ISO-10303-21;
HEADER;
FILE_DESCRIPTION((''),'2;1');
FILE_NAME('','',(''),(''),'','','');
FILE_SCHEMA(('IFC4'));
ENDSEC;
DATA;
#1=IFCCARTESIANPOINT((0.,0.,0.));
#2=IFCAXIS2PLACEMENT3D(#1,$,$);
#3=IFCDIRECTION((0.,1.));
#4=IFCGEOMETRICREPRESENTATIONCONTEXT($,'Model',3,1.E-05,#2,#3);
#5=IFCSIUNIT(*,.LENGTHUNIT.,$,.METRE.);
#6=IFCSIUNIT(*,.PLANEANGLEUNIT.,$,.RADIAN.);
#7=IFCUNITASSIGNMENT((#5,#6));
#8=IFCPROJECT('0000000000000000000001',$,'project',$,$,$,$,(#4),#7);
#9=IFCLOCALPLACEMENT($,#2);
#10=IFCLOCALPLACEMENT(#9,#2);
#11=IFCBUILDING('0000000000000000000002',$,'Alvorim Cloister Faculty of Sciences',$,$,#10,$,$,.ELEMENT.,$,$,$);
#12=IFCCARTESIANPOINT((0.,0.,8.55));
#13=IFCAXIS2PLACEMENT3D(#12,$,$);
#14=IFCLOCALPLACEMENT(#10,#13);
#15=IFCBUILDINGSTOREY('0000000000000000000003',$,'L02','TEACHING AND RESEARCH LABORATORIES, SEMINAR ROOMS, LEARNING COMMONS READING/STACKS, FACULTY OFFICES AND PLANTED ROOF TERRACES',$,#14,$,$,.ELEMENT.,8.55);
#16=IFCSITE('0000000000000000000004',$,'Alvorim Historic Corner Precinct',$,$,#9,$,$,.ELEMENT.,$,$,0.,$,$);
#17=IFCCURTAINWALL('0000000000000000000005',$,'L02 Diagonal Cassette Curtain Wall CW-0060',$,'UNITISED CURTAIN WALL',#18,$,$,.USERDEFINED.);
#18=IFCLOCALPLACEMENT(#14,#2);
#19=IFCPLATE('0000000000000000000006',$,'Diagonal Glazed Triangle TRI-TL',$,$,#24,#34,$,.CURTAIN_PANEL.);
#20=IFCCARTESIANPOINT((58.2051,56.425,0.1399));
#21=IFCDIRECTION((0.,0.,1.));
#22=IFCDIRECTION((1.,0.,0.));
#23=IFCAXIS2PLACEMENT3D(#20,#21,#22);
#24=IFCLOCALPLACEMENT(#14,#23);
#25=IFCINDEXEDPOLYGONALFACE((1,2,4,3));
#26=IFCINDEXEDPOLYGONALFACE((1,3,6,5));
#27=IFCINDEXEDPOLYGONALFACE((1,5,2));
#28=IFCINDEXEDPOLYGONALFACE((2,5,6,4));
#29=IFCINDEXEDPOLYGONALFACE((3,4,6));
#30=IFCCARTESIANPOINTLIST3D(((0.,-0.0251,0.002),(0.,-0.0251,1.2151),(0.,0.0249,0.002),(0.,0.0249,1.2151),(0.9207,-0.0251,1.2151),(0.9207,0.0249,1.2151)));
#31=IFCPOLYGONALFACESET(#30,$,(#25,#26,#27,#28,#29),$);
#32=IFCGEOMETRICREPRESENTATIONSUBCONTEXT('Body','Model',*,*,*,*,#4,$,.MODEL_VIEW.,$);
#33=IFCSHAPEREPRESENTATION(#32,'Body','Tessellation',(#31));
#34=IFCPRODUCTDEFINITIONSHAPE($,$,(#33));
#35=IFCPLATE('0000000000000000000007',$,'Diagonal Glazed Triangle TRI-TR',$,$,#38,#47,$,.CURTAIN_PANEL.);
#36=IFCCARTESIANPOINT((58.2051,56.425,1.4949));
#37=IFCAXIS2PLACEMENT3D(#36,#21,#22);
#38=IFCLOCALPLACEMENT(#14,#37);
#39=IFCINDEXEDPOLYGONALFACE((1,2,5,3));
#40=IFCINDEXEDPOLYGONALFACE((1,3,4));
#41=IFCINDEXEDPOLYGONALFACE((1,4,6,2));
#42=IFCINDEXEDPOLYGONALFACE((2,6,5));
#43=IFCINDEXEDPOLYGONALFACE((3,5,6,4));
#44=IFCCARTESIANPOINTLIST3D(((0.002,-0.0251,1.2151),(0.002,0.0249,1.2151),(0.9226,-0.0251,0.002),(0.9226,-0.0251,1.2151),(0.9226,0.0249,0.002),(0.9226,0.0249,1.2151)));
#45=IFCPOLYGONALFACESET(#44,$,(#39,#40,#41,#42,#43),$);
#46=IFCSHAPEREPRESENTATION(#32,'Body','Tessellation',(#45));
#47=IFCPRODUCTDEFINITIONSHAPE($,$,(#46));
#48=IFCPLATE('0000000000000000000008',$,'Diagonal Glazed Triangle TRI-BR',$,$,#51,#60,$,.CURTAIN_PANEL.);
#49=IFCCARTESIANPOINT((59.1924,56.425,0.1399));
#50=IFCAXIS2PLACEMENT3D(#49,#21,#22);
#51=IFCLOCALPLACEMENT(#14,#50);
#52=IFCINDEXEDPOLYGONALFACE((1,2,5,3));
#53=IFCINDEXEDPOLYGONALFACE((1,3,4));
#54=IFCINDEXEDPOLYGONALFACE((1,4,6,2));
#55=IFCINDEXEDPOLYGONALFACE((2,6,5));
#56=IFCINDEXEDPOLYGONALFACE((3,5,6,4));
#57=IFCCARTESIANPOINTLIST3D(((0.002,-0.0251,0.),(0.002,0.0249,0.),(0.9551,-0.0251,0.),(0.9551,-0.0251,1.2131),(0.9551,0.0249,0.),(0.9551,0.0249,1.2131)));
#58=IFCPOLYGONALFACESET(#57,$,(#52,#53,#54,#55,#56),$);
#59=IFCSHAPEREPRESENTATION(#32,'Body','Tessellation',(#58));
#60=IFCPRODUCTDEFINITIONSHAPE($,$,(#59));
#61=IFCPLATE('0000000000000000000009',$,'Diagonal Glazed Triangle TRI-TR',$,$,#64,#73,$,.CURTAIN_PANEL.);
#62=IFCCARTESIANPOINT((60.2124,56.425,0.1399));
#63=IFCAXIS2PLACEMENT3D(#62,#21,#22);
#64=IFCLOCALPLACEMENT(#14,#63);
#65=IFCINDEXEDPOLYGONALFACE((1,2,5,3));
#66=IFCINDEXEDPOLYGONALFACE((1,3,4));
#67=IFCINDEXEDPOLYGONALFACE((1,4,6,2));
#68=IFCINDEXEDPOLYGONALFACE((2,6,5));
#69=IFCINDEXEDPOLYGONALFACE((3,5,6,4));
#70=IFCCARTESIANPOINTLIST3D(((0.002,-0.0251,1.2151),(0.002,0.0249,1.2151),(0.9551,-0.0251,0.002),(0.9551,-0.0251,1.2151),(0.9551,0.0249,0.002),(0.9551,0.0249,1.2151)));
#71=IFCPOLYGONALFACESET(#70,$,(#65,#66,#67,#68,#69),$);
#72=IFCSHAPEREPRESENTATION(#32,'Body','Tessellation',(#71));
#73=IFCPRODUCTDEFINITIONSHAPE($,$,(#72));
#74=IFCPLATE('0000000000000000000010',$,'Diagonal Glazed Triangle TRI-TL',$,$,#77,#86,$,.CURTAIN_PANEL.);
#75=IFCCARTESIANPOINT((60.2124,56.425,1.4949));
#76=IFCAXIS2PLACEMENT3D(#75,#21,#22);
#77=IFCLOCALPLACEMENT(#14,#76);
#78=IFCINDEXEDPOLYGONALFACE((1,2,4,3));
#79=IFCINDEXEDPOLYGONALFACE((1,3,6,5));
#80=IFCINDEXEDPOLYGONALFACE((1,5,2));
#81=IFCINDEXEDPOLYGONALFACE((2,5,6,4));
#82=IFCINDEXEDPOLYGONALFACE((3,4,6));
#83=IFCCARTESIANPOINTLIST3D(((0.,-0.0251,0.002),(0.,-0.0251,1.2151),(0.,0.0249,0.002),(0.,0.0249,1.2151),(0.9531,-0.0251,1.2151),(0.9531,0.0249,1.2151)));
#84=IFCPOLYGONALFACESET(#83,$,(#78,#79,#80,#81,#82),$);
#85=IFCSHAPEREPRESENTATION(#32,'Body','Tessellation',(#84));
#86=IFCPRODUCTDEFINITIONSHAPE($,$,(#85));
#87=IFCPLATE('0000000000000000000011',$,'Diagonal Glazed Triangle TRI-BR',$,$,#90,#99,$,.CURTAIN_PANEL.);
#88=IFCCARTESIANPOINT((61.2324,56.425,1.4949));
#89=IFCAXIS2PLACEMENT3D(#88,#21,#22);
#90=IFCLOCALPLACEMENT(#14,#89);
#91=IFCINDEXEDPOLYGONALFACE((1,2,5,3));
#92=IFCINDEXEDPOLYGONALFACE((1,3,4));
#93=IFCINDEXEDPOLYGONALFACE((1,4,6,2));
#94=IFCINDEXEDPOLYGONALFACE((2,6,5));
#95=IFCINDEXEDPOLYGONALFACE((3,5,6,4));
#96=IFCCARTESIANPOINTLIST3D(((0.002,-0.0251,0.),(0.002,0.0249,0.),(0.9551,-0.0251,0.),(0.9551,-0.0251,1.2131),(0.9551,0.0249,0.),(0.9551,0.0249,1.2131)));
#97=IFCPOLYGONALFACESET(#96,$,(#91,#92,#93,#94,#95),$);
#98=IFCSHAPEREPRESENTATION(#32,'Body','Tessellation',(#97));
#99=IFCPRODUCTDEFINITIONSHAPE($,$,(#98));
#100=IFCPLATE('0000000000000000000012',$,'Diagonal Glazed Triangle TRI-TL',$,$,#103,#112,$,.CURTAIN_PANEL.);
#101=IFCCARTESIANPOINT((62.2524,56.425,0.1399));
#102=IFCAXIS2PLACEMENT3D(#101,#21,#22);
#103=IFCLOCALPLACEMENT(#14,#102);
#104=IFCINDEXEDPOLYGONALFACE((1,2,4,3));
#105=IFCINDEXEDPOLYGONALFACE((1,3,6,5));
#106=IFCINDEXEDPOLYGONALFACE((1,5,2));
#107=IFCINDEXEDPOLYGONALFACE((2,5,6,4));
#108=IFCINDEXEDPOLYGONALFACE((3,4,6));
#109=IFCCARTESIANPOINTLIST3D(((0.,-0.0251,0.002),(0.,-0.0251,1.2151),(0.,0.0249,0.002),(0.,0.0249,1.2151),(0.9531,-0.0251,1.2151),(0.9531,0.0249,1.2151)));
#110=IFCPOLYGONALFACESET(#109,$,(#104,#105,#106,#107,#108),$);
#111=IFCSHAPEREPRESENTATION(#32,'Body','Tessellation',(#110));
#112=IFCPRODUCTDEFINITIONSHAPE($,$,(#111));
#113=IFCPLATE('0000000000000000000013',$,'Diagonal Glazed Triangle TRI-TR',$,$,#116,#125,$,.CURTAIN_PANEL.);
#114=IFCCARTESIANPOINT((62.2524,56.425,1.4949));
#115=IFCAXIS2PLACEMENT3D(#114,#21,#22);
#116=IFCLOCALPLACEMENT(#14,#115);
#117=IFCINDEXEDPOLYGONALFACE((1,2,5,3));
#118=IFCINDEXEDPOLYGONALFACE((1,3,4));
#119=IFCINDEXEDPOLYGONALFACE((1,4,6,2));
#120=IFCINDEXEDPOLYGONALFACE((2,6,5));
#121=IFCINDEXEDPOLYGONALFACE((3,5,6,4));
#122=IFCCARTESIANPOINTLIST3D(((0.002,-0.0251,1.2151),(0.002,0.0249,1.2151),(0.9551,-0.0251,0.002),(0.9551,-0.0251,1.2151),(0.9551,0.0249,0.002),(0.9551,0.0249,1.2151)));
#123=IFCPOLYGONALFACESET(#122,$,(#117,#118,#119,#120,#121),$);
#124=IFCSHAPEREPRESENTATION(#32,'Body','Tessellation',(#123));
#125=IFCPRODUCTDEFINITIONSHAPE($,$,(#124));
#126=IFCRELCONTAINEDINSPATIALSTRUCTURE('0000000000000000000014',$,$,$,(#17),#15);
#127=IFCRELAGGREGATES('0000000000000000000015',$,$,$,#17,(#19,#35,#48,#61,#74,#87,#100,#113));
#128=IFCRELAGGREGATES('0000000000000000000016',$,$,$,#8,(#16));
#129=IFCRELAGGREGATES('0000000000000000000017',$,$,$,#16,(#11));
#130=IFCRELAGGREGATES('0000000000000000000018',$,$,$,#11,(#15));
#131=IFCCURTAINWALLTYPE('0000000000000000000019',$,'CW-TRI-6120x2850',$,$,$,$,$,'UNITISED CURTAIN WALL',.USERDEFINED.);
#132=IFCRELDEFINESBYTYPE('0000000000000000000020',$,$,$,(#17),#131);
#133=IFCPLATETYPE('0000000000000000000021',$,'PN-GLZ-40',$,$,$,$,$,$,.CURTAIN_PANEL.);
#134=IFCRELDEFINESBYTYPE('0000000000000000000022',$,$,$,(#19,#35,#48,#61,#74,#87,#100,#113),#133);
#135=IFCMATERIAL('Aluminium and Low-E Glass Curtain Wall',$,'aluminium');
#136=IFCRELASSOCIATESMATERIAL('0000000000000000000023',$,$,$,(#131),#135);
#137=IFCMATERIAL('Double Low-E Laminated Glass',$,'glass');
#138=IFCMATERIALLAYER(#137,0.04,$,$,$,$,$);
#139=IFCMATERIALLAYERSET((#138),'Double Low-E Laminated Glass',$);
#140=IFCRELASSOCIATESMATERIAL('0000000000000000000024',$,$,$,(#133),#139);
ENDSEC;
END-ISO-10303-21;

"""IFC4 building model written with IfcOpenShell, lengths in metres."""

from ifc_helpers import new_model, si_unit, direction, frame, origin, place, context, subcontext, project, spatial, polyline, outline, extrude, material, layer, layer_set, type_object, element, aggregate, save


model = new_model("IFC4")

# Units and contexts
model_context = context("Model", 3, precision=1e-05, world=origin(), true_north=direction((0.0, 1.0)))
body_context = subcontext(model_context, "Body", "Model", "MODEL_VIEW")
ifc_project = project(units=[si_unit("LENGTHUNIT", "METRE"), si_unit("PLANEANGLEUNIT", "RADIAN")], contexts=[model_context])

# Site, building, storey
site_placement = place(None, origin())
site = spatial("IfcSite", under=ifc_project, at=site_placement, Name="Alvorim Historic Corner Precinct", CompositionType="ELEMENT", RefElevation=0.0)
building_placement = place(site_placement, origin())
building = spatial("IfcBuilding", under=site, at=building_placement, Name="Alvorim Cloister Faculty of Sciences", CompositionType="ELEMENT")
storey_placement = place(building_placement, frame((0.0, 0.0, 8.55)))
storey = spatial("IfcBuildingStorey", under=building, at=storey_placement, Name="L02", Description="TEACHING AND RESEARCH LABORATORIES, SEMINAR ROOMS, LEARNING COMMONS READING/STACKS, FACULTY OFFICES AND PLANTED ROOF TERRACES", CompositionType="ELEMENT", Elevation=8.55)

# Curtain wall, plates
ifc_material_1 = material(Name="Aluminium and Low-E Glass Curtain Wall", Category="aluminium")
curtain_wall_type = type_object("IfcCurtainWallType", Name="CW-TRI-6120x2850", ElementType="UNITISED CURTAIN WALL", PredefinedType="USERDEFINED", material=ifc_material_1)
curtain_wall_placement = place(storey_placement, origin())
curtain_wall = element("IfcCurtainWall", 1, at=curtain_wall_placement, inside=storey, type_object=curtain_wall_type, Name="L02 Diagonal Cassette Curtain Wall CW-0060", ObjectType="UNITISED CURTAIN WALL", PredefinedType="USERDEFINED")
ifc_material_2 = material(Name="Double Low-E Laminated Glass", Category="glass")
ifc_layer = layer(ifc_material_2, 0.04)
ifc_layer_set = layer_set([ifc_layer], Name="Double Low-E Laminated Glass")
plate_type = type_object("IfcPlateType", Name="PN-GLZ-40", PredefinedType="CURTAIN_PANEL", material=ifc_layer_set)
plate_1_placement = place(storey_placement, frame((58.2051, 56.425, 0.1399), z_axis=(0.0, 0.0, 1.0), x_axis=(1.0, 0.0, 0.0)))
plate_1 = element("IfcPlate", 2, at=plate_1_placement, type_object=plate_type, Name="Diagonal Glazed Triangle TRI-TL", PredefinedType="CURTAIN_PANEL", context=body_context, shape_type="SweptSolid", body=[
    extrude(outline(polyline([(0.9207, 1.2151), (0.0, 1.2151), (0.0, 0.002), (0.9207, 1.2151)])), frame((0.0, 0.0249, 0.0), z_axis=(0.0, -1.0, 0.0), x_axis=(1.0, 0.0, 0.0)), (0.0, 0.0, 1.0), 0.05),
])
plate_2_placement = place(storey_placement, frame((58.2051, 56.425, 1.4949), z_axis=(0.0, 0.0, 1.0), x_axis=(1.0, 0.0, 0.0)))
plate_2 = element("IfcPlate", 3, at=plate_2_placement, type_object=plate_type, Name="Diagonal Glazed Triangle TRI-TR", PredefinedType="CURTAIN_PANEL", context=body_context, shape_type="SweptSolid", body=[
    extrude(outline(polyline([(0.9226, 0.002), (0.9226, 1.2151), (0.002, 1.2151), (0.9226, 0.002)])), frame((0.0, 0.0249, 0.0), z_axis=(0.0, -1.0, 0.0), x_axis=(1.0, 0.0, 0.0)), (0.0, 0.0, 1.0), 0.05),
])
plate_3_placement = place(storey_placement, frame((59.1924, 56.425, 0.1399), z_axis=(0.0, 0.0, 1.0), x_axis=(1.0, 0.0, 0.0)))
plate_3 = element("IfcPlate", 4, at=plate_3_placement, type_object=plate_type, Name="Diagonal Glazed Triangle TRI-BR", PredefinedType="CURTAIN_PANEL", context=body_context, shape_type="SweptSolid", body=[
    extrude(outline(polyline([(0.002, 0.0), (0.9551, 0.0), (0.9551, 1.2131), (0.002, 0.0)])), frame((0.0, 0.0249, 0.0), z_axis=(0.0, -1.0, 0.0), x_axis=(1.0, 0.0, 0.0)), (0.0, 0.0, 1.0), 0.05),
])
plate_4_placement = place(storey_placement, frame((60.2124, 56.425, 0.1399), z_axis=(0.0, 0.0, 1.0), x_axis=(1.0, 0.0, 0.0)))
plate_4 = element("IfcPlate", 5, at=plate_4_placement, type_object=plate_type, Name="Diagonal Glazed Triangle TRI-TR", PredefinedType="CURTAIN_PANEL", context=body_context, shape_type="SweptSolid", body=[
    extrude(outline(polyline([(0.9551, 0.002), (0.9551, 1.2151), (0.002, 1.2151), (0.9551, 0.002)])), frame((0.0, 0.0249, 0.0), z_axis=(0.0, -1.0, 0.0), x_axis=(1.0, 0.0, 0.0)), (0.0, 0.0, 1.0), 0.05),
])
plate_5_placement = place(storey_placement, frame((60.2124, 56.425, 1.4949), z_axis=(0.0, 0.0, 1.0), x_axis=(1.0, 0.0, 0.0)))
plate_5 = element("IfcPlate", 6, at=plate_5_placement, type_object=plate_type, Name="Diagonal Glazed Triangle TRI-TL", PredefinedType="CURTAIN_PANEL", context=body_context, shape_type="SweptSolid", body=[
    extrude(outline(polyline([(0.9531, 1.2151), (0.0, 1.2151), (0.0, 0.002), (0.9531, 1.2151)])), frame((0.0, 0.0249, 0.0), z_axis=(0.0, -1.0, 0.0), x_axis=(1.0, 0.0, 0.0)), (0.0, 0.0, 1.0), 0.05),
])
plate_6_placement = place(storey_placement, frame((61.2324, 56.425, 1.4949), z_axis=(0.0, 0.0, 1.0), x_axis=(1.0, 0.0, 0.0)))
plate_6 = element("IfcPlate", 7, at=plate_6_placement, type_object=plate_type, Name="Diagonal Glazed Triangle TRI-BR", PredefinedType="CURTAIN_PANEL", context=body_context, shape_type="SweptSolid", body=[
    extrude(outline(polyline([(0.002, 0.0), (0.9551, 0.0), (0.9551, 1.2131), (0.002, 0.0)])), frame((0.0, 0.0249, 0.0), z_axis=(0.0, -1.0, 0.0), x_axis=(1.0, 0.0, 0.0)), (0.0, 0.0, 1.0), 0.05),
])
plate_7_placement = place(storey_placement, frame((62.2524, 56.425, 0.1399), z_axis=(0.0, 0.0, 1.0), x_axis=(1.0, 0.0, 0.0)))
plate_7 = element("IfcPlate", 8, at=plate_7_placement, type_object=plate_type, Name="Diagonal Glazed Triangle TRI-TL", PredefinedType="CURTAIN_PANEL", context=body_context, shape_type="SweptSolid", body=[
    extrude(outline(polyline([(0.9531, 1.2151), (0.0, 1.2151), (0.0, 0.002), (0.9531, 1.2151)])), frame((0.0, 0.0249, 0.0), z_axis=(0.0, -1.0, 0.0), x_axis=(1.0, 0.0, 0.0)), (0.0, 0.0, 1.0), 0.05),
])
plate_8_placement = place(storey_placement, frame((62.2524, 56.425, 1.4949), z_axis=(0.0, 0.0, 1.0), x_axis=(1.0, 0.0, 0.0)))
plate_8 = element("IfcPlate", 9, at=plate_8_placement, type_object=plate_type, Name="Diagonal Glazed Triangle TRI-TR", PredefinedType="CURTAIN_PANEL", context=body_context, shape_type="SweptSolid", body=[
    extrude(outline(polyline([(0.9551, 0.002), (0.9551, 1.2151), (0.002, 1.2151), (0.9551, 0.002)])), frame((0.0, 0.0249, 0.0), z_axis=(0.0, -1.0, 0.0), x_axis=(1.0, 0.0, 0.0)), (0.0, 0.0, 1.0), 0.05),
])
aggregate(curtain_wall, [plate_1, plate_2, plate_3, plate_4, plate_5, plate_6, plate_7, plate_8])

save(model, "model.ifc")
